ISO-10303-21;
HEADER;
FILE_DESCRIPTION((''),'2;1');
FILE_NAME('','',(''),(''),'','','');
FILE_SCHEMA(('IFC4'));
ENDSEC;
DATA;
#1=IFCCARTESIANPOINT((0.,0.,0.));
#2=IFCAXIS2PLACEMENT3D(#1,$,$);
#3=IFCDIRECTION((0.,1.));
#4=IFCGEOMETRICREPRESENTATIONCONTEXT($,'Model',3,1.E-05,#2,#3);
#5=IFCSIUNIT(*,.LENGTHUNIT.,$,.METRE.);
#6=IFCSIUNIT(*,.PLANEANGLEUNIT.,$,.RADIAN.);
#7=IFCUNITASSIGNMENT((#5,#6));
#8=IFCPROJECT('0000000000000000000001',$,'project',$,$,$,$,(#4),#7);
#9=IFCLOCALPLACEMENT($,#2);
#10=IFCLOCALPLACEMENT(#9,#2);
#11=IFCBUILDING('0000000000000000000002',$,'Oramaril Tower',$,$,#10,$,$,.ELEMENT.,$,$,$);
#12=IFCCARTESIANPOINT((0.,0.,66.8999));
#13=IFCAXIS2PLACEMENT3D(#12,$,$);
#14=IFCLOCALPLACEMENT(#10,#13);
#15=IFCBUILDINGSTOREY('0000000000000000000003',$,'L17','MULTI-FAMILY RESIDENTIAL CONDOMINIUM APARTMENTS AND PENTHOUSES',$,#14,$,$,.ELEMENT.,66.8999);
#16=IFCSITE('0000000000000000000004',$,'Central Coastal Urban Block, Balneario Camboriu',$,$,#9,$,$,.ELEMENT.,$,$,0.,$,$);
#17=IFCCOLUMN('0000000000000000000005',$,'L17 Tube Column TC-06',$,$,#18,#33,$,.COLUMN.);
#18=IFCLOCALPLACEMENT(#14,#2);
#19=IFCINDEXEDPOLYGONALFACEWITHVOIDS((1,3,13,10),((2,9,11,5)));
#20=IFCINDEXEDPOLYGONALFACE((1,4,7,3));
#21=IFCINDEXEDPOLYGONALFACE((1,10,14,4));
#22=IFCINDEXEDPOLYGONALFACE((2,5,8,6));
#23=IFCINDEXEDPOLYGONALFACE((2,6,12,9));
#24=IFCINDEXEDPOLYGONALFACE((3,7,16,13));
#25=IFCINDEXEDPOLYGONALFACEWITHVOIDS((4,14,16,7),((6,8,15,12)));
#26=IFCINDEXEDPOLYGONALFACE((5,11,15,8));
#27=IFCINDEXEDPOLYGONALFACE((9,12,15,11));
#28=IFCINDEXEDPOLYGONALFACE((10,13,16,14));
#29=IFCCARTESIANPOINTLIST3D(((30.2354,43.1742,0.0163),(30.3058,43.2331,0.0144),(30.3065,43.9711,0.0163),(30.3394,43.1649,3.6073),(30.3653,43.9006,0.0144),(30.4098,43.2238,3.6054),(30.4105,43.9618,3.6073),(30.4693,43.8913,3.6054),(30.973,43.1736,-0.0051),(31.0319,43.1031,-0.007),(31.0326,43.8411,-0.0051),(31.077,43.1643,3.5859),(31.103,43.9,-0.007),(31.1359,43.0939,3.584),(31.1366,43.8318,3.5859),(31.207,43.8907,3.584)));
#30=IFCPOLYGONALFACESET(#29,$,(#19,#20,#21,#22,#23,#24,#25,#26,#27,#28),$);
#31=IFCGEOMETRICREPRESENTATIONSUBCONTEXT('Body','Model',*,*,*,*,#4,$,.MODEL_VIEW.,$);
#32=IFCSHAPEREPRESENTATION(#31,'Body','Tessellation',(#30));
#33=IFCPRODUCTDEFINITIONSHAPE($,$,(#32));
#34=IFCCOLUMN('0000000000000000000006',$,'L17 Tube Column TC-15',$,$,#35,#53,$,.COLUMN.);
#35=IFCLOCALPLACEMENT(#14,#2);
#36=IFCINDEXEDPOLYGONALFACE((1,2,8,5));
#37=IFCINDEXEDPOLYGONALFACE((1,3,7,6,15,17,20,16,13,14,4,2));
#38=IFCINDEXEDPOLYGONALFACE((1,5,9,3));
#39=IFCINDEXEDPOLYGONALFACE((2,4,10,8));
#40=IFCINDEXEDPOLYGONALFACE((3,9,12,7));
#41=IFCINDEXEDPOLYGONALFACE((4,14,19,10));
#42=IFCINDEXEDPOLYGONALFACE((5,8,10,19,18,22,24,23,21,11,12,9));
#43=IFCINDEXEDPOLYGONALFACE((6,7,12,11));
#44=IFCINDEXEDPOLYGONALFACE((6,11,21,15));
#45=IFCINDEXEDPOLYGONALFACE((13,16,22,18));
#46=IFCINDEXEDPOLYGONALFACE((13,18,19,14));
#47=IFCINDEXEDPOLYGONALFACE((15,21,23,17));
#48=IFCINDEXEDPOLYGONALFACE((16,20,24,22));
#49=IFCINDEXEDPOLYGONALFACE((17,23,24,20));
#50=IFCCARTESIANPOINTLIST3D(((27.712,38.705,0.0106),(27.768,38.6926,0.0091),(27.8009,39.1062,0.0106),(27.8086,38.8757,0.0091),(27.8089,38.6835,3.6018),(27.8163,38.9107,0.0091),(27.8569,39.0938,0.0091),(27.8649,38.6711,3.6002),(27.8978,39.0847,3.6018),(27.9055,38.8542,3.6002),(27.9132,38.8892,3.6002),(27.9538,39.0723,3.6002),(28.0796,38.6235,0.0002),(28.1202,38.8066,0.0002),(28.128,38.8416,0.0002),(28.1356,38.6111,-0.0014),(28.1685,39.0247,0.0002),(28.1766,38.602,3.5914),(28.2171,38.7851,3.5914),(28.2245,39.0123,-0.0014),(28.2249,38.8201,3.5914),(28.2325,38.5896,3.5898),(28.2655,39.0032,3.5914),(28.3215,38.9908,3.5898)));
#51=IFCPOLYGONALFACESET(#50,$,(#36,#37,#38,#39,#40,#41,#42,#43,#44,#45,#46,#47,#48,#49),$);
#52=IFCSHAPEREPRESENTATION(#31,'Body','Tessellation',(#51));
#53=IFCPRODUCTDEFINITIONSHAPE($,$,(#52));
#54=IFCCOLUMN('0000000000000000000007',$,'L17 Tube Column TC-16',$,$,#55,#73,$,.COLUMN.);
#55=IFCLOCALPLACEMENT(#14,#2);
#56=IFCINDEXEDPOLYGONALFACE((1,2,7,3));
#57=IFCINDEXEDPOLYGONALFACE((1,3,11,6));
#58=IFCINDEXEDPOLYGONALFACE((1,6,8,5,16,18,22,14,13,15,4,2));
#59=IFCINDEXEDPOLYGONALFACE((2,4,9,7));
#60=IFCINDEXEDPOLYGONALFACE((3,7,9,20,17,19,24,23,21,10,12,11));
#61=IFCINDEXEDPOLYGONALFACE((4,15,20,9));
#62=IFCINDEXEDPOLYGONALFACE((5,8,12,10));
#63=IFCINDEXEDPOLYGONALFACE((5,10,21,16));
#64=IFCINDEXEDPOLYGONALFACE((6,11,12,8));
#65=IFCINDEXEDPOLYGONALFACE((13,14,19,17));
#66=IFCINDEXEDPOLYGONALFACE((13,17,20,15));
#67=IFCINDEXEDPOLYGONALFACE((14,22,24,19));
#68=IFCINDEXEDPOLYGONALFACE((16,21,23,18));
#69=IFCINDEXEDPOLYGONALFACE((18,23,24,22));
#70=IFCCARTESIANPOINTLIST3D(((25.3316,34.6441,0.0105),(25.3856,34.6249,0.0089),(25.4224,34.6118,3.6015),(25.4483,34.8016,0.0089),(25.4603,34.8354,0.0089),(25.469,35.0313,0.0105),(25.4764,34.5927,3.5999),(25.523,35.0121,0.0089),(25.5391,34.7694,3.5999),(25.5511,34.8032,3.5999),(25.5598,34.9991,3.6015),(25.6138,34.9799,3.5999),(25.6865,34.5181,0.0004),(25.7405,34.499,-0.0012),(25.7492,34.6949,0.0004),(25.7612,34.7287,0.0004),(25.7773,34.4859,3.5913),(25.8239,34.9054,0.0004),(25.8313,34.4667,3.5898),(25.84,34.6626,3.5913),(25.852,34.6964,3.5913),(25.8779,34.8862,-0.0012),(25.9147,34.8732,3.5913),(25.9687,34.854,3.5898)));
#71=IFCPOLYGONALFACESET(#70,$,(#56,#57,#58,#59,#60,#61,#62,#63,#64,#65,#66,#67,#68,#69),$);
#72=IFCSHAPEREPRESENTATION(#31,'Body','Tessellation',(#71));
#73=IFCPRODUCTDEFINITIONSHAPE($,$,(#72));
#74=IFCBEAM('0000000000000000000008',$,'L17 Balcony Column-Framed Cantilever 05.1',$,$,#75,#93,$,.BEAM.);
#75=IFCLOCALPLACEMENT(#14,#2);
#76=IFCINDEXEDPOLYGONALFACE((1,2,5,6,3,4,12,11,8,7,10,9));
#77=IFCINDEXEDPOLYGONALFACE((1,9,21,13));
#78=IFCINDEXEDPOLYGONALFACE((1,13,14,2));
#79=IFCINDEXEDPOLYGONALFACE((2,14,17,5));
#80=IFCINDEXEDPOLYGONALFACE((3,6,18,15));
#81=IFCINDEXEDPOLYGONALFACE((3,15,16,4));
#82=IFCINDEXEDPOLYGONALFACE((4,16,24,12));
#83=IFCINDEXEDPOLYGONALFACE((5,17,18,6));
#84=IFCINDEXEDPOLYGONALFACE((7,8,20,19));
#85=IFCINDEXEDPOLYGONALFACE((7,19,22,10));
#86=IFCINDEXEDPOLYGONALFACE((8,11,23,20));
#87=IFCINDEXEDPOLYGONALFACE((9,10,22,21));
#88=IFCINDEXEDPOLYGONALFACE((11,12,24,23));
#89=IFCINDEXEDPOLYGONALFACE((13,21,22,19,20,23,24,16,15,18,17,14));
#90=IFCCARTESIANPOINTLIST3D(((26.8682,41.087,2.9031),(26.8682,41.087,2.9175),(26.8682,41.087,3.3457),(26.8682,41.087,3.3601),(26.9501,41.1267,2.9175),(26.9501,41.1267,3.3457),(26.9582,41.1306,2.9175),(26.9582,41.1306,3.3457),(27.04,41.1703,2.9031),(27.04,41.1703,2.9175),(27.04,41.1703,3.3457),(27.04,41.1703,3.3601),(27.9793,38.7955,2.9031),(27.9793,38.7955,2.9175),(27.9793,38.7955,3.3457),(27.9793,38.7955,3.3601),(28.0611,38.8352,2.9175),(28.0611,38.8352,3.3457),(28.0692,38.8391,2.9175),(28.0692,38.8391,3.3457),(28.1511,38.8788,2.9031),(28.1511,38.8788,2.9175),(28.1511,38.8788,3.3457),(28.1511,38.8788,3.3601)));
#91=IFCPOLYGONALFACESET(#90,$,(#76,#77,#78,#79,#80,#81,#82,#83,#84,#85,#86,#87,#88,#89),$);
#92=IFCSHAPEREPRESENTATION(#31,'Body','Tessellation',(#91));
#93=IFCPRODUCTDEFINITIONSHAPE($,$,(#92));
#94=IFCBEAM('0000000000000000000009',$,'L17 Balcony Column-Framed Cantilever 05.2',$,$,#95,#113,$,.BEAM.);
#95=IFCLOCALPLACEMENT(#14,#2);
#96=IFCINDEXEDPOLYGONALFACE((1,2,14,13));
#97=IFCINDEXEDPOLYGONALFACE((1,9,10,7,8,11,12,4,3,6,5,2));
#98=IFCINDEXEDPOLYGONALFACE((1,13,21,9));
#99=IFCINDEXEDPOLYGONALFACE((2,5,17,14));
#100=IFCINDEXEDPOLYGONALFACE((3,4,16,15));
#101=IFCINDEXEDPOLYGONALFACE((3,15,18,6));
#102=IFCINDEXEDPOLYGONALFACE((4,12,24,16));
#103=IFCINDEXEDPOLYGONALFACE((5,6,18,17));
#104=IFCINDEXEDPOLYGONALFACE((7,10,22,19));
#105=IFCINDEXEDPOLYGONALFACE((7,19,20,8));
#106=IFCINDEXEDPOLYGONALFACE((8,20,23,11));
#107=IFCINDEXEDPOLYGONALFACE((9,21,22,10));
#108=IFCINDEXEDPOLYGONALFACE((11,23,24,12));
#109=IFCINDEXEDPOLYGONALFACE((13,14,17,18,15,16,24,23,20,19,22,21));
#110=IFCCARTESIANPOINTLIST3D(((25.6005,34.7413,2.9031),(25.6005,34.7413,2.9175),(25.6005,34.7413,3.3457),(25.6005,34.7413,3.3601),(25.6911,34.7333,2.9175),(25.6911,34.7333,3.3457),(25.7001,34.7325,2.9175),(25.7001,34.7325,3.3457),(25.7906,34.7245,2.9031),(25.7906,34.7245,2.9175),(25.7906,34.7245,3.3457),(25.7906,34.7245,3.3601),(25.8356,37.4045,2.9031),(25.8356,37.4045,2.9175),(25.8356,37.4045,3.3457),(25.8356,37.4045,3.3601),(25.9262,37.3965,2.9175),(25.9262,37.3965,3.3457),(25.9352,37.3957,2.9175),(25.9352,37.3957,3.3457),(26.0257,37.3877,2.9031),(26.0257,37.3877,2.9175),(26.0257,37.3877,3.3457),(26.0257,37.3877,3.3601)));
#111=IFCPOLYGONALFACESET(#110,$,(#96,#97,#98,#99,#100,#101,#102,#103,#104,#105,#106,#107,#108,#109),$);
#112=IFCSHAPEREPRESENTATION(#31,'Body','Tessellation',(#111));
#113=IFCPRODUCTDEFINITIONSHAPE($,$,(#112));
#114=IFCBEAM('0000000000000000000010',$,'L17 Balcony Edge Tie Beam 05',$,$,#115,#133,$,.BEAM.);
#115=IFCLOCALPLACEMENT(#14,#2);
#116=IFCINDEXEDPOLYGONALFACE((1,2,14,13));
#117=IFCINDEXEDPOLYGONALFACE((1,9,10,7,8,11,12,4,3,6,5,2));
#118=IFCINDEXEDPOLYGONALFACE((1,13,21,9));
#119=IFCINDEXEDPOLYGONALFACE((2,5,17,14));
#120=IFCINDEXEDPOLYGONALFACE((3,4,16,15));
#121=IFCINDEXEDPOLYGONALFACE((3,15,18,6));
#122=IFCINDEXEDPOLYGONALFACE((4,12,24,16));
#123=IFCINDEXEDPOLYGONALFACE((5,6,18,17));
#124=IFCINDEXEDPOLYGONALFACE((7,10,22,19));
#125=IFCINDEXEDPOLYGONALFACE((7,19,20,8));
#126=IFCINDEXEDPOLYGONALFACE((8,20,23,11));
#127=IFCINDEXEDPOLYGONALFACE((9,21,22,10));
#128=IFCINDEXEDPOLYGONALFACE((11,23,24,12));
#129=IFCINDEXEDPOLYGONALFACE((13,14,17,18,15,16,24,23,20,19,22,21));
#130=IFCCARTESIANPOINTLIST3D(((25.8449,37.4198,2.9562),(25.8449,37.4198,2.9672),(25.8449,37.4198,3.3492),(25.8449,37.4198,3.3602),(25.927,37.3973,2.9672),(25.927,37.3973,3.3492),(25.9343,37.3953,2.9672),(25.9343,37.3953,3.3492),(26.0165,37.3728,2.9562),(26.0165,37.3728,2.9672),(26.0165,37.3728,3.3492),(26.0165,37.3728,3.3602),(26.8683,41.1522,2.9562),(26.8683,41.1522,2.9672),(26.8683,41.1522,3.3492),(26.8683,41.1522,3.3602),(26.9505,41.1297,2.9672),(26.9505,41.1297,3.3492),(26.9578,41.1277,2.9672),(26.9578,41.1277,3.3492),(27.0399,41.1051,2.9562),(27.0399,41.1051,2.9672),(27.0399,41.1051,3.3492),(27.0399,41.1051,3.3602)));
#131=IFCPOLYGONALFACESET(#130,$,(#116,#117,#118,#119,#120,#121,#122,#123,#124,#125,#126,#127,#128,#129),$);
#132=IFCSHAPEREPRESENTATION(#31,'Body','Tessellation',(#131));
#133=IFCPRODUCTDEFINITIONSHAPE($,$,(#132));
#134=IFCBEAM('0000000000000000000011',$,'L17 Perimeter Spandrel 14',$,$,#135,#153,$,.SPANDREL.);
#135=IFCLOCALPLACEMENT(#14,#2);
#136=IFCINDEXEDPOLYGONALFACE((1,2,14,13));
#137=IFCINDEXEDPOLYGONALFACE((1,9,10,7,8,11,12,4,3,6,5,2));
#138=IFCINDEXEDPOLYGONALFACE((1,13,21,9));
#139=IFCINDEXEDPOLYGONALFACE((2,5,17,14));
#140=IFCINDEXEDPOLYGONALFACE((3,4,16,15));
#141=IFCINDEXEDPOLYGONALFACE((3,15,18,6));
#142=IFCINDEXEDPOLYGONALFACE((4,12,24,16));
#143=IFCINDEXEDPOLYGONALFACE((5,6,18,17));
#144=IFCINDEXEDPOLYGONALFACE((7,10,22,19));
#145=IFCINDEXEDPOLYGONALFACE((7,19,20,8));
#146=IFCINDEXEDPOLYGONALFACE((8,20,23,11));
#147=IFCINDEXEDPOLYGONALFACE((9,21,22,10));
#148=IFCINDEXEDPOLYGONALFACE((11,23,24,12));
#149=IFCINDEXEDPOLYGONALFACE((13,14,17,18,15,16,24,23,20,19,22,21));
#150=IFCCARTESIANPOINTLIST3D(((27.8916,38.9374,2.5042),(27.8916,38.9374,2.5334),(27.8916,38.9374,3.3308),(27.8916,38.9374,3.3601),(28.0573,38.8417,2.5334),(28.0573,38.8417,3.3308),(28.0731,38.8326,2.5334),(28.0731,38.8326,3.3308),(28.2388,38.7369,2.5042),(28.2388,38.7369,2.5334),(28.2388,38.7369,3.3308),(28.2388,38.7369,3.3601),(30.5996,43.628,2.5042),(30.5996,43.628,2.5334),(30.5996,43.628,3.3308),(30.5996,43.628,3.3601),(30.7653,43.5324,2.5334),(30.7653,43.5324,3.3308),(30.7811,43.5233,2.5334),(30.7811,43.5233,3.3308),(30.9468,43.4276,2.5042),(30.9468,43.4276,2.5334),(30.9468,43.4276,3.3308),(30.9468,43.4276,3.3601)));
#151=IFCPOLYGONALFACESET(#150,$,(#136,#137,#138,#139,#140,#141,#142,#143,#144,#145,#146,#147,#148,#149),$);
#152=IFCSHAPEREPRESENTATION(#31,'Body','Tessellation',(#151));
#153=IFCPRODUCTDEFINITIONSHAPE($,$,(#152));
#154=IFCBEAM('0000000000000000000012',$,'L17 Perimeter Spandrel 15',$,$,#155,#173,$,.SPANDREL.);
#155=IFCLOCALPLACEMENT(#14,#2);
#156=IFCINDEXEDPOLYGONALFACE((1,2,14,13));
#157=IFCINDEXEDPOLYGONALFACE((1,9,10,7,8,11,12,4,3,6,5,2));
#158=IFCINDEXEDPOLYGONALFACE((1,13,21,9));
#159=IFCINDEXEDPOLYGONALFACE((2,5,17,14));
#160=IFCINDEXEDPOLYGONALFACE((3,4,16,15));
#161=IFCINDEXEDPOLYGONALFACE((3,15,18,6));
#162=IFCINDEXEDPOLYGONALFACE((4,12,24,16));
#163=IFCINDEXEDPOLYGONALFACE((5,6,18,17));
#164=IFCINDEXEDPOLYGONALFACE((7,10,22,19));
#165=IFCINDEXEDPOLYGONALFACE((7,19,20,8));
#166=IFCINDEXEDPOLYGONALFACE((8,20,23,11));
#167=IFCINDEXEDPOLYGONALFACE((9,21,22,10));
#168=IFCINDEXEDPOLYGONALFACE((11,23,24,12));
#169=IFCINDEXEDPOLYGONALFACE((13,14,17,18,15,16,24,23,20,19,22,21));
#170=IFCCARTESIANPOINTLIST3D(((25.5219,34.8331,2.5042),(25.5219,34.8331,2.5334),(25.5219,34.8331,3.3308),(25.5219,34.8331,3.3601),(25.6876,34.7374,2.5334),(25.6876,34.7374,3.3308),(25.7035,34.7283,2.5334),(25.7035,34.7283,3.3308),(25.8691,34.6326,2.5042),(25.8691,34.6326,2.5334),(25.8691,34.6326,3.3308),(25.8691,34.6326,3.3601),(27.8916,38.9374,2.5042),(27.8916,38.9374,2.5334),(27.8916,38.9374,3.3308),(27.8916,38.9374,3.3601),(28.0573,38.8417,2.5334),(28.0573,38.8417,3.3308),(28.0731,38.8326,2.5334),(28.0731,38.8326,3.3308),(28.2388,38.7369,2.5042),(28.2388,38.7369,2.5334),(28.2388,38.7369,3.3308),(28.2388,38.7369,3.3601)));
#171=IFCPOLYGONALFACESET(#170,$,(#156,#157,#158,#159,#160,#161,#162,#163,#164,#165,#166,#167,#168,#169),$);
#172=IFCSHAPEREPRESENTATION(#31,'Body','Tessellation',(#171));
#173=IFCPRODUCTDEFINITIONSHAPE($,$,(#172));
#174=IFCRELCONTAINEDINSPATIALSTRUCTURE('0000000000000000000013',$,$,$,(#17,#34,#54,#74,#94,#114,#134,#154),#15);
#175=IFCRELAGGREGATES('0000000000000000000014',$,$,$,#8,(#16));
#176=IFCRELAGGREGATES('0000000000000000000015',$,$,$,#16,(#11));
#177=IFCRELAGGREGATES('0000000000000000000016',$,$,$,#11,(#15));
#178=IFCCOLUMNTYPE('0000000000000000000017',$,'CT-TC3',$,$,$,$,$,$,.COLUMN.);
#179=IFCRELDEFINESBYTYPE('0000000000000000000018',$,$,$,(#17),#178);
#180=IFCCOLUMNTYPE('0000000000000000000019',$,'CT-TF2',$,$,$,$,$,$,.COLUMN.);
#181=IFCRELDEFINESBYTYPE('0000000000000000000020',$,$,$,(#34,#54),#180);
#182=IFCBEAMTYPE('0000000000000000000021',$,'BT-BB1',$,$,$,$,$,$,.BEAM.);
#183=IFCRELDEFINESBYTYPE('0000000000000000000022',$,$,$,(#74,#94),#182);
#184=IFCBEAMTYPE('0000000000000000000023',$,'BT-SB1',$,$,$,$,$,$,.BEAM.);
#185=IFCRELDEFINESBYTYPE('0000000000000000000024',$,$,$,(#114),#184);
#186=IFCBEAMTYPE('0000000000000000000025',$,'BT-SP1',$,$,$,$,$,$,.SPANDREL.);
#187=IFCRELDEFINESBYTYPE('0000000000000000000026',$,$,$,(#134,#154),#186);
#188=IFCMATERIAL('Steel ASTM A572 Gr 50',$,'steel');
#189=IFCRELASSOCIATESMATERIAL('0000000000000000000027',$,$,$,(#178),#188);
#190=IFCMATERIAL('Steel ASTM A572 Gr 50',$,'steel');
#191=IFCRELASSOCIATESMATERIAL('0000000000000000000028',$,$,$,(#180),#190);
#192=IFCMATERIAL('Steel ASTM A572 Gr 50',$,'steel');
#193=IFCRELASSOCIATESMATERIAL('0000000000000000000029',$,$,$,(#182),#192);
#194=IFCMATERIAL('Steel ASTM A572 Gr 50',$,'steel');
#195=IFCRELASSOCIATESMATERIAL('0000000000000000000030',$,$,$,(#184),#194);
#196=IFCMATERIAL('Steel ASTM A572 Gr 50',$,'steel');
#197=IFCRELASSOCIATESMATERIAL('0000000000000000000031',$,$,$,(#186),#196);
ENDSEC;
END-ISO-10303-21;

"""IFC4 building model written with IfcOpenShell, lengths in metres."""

from ifc_helpers import new_model, si_unit, direction, frame, origin, origin_2d, place, context, subcontext, project, spatial, hollow_rectangle, i_section, extrude, material, material_profile, profile_set, type_object, element, save


model = new_model("IFC4")

# Units and contexts
model_context = context("Model", 3, precision=1e-05, world=origin(), true_north=direction((0.0, 1.0)))
body_context = subcontext(model_context, "Body", "Model", "MODEL_VIEW")
ifc_project = project(units=[si_unit("LENGTHUNIT", "METRE"), si_unit("PLANEANGLEUNIT", "RADIAN")], contexts=[model_context])

# Site, building, storey
site_placement = place(None, origin())
site = spatial("IfcSite", under=ifc_project, at=site_placement, Name="Central Coastal Urban Block, Balneario Camboriu", CompositionType="ELEMENT", RefElevation=0.0)
building_placement = place(site_placement, origin())
building = spatial("IfcBuilding", under=site, at=building_placement, Name="Oramaril Tower", CompositionType="ELEMENT")
storey_placement = place(building_placement, frame((0.0, 0.0, 66.8999)))
storey = spatial("IfcBuildingStorey", under=building, at=storey_placement, Name="L17", Description="MULTI-FAMILY RESIDENTIAL CONDOMINIUM APARTMENTS AND PENTHOUSES", CompositionType="ELEMENT", Elevation=66.8999)

# Columns
ifc_material_1 = material(Name="Steel ASTM A572 Gr 50", Category="steel")
ifc_material_profile_1 = material_profile(ifc_material_1, hollow_rectangle(XDim=0.8, YDim=0.8, WallThickness=0.0649, at=origin_2d()), Name="BOX800X800X65")
ifc_profile_set_1 = profile_set([ifc_material_profile_1], Name="Steel ASTM A572 Gr 50")
column_type_1 = type_object("IfcColumnType", Name="CT-TC3", PredefinedType="COLUMN", material=ifc_profile_set_1)
column_1_placement = place(storey_placement, frame((30.6692, 43.5371, 0.0046), z_axis=(0.02895, -0.002582, 0.999578), x_axis=(0.088849, 0.996045, 0.0)))
element("IfcColumn", 1, at=column_1_placement, inside=storey, type_object=column_type_1, Name="L17 Tube Column TC-06", PredefinedType="COLUMN", context=body_context, shape_type="SweptSolid", body=[
    extrude(hollow_rectangle(XDim=0.8, YDim=0.8, WallThickness=0.0649, at=origin_2d()), origin(), (0.0, 0.0, 1.0), 3.5925),
])
ifc_material_2 = material(Name="Steel ASTM A572 Gr 50", Category="steel")
ifc_material_profile_2 = material_profile(ifc_material_2, i_section(OverallWidth=0.4109, OverallDepth=0.4341, WebThickness=0.0359, FlangeThickness=0.0574, at=origin_2d()), Name="W14X311")
ifc_profile_set_2 = profile_set([ifc_material_profile_2], Name="Steel ASTM A572 Gr 50")
column_type_2 = type_object("IfcColumnType", Name="CT-TF2", PredefinedType="COLUMN", material=ifc_profile_set_2)
column_2_placement = place(storey_placement, frame((27.9683, 38.8586, 0.0046), z_axis=(0.02698, -0.00598, 0.999618), x_axis=(0.21641, 0.976303, 0.0)))
element("IfcColumn", 2, at=column_2_placement, inside=storey, type_object=column_type_2, Name="L17 Tube Column TC-15", PredefinedType="COLUMN", context=body_context, shape_type="SweptSolid", body=[
    extrude(i_section(OverallWidth=0.4109, OverallDepth=0.4341, WebThickness=0.0359, FlangeThickness=0.0574, at=origin_2d()), origin(), (0.0, 0.0, 1.0), 3.5925),
])
column_3_placement = place(storey_placement, frame((25.6047, 34.7651, 0.0046), z_axis=(0.025282, -0.008971, 0.99964), x_axis=(0.33441, 0.942428, 0.0)))
element("IfcColumn", 3, at=column_3_placement, inside=storey, type_object=column_type_2, Name="L17 Tube Column TC-16", PredefinedType="COLUMN", context=body_context, shape_type="SweptSolid", body=[
    extrude(i_section(OverallWidth=0.4109, OverallDepth=0.4341, WebThickness=0.0359, FlangeThickness=0.0574, at=origin_2d()), origin(), (0.0, 0.0, 1.0), 3.5923),
])

# Beams
ifc_material_3 = material(Name="Steel ASTM A572 Gr 50", Category="steel")
ifc_material_profile_3 = material_profile(ifc_material_3, i_section(OverallWidth=0.1909, OverallDepth=0.457, WebThickness=0.009, FlangeThickness=0.0144, at=origin_2d()), Name="W18X50")
ifc_profile_set_3 = profile_set([ifc_material_profile_3], Name="Steel ASTM A572 Gr 50")
beam_type_1 = type_object("IfcBeamType", Name="BT-BB1", PredefinedType="BEAM", material=ifc_profile_set_3)
beam_1_placement = place(storey_placement, frame((28.0652, 38.8372, 3.1316), z_axis=(-0.43629, 0.899806, 0.0), x_axis=(-0.899806, -0.43629, 0.0)))
element("IfcBeam", 4, at=beam_1_placement, inside=storey, type_object=beam_type_1, Name="L17 Balcony Column-Framed Cantilever 05.1", PredefinedType="BEAM", context=body_context, shape_type="SweptSolid", body=[
    extrude(i_section(OverallWidth=0.1909, OverallDepth=0.457, WebThickness=0.009, FlangeThickness=0.0144, at=origin_2d()), origin(), (0.0, 0.0, 1.0), 2.5466),
])
beam_2_placement = place(storey_placement, frame((25.6956, 34.7329, 3.1316), z_axis=(0.087934, 0.996126, 0.0), x_axis=(-0.996126, 0.087934, 0.0)))
element("IfcBeam", 5, at=beam_2_placement, inside=storey, type_object=beam_type_1, Name="L17 Balcony Column-Framed Cantilever 05.2", PredefinedType="BEAM", context=body_context, shape_type="SweptSolid", body=[
    extrude(i_section(OverallWidth=0.1909, OverallDepth=0.457, WebThickness=0.009, FlangeThickness=0.0144, at=origin_2d()), origin(), (0.0, 0.0, 1.0), 2.6736),
])
ifc_material_4 = material(Name="Steel ASTM A572 Gr 50", Category="steel")
ifc_material_profile_4 = material_profile(ifc_material_4, i_section(OverallWidth=0.178, OverallDepth=0.4041, WebThickness=0.0076, FlangeThickness=0.011, at=origin_2d()), Name="W16X36")
ifc_profile_set_4 = profile_set([ifc_material_profile_4], Name="Steel ASTM A572 Gr 50")
beam_type_2 = type_object("IfcBeamType", Name="BT-SB1", PredefinedType="BEAM", material=ifc_profile_set_4)
beam_3_placement = place(storey_placement, frame((26.9541, 41.1287, 3.1582), z_axis=(-0.264441, -0.964402, 0.0), x_axis=(0.964402, -0.264441, 0.0)))
element("IfcBeam", 6, at=beam_3_placement, inside=storey, type_object=beam_type_2, Name="L17 Balcony Edge Tie Beam 05", PredefinedType="BEAM", context=body_context, shape_type="SweptSolid", body=[
    extrude(i_section(OverallWidth=0.178, OverallDepth=0.4041, WebThickness=0.0076, FlangeThickness=0.011, at=origin_2d()), origin(), (0.0, 0.0, 1.0), 3.8701),
])
ifc_material_5 = material(Name="Steel ASTM A572 Gr 50", Category="steel")
ifc_material_profile_5 = material_profile(ifc_material_5, i_section(OverallWidth=0.4009, OverallDepth=0.856, WebThickness=0.0183, FlangeThickness=0.0293, at=origin_2d()), Name="W33X201")
ifc_profile_set_5 = profile_set([ifc_material_profile_5], Name="Steel ASTM A572 Gr 50")
beam_type_3 = type_object("IfcBeamType", Name="BT-SP1", PredefinedType="SPANDREL", material=ifc_profile_set_5)
beam_4_placement = place(storey_placement, frame((30.7732, 43.5278, 2.9321), z_axis=(-0.499979, -0.866038, 0.0), x_axis=(0.866038, -0.499979, 0.0)))
element("IfcBeam", 7, at=beam_4_placement, inside=storey, type_object=beam_type_3, Name="L17 Perimeter Spandrel 14", PredefinedType="SPANDREL", context=body_context, shape_type="SweptSolid", body=[
    extrude(i_section(OverallWidth=0.4009, OverallDepth=0.856, WebThickness=0.0183, FlangeThickness=0.0293, at=origin_2d()), origin(), (0.0, 0.0, 1.0), 5.4163),
])
beam_5_placement = place(storey_placement, frame((28.0652, 38.8372, 2.9321), z_axis=(-0.500006, -0.866022, 0.0), x_axis=(0.866022, -0.500006, 0.0)))
element("IfcBeam", 8, at=beam_5_placement, inside=storey, type_object=beam_type_3, Name="L17 Perimeter Spandrel 15", PredefinedType="SPANDREL", context=body_context, shape_type="SweptSolid", body=[
    extrude(i_section(OverallWidth=0.4009, OverallDepth=0.856, WebThickness=0.0183, FlangeThickness=0.0293, at=origin_2d()), origin(), (0.0, 0.0, 1.0), 4.7393),
])

save(model, "model.ifc")
